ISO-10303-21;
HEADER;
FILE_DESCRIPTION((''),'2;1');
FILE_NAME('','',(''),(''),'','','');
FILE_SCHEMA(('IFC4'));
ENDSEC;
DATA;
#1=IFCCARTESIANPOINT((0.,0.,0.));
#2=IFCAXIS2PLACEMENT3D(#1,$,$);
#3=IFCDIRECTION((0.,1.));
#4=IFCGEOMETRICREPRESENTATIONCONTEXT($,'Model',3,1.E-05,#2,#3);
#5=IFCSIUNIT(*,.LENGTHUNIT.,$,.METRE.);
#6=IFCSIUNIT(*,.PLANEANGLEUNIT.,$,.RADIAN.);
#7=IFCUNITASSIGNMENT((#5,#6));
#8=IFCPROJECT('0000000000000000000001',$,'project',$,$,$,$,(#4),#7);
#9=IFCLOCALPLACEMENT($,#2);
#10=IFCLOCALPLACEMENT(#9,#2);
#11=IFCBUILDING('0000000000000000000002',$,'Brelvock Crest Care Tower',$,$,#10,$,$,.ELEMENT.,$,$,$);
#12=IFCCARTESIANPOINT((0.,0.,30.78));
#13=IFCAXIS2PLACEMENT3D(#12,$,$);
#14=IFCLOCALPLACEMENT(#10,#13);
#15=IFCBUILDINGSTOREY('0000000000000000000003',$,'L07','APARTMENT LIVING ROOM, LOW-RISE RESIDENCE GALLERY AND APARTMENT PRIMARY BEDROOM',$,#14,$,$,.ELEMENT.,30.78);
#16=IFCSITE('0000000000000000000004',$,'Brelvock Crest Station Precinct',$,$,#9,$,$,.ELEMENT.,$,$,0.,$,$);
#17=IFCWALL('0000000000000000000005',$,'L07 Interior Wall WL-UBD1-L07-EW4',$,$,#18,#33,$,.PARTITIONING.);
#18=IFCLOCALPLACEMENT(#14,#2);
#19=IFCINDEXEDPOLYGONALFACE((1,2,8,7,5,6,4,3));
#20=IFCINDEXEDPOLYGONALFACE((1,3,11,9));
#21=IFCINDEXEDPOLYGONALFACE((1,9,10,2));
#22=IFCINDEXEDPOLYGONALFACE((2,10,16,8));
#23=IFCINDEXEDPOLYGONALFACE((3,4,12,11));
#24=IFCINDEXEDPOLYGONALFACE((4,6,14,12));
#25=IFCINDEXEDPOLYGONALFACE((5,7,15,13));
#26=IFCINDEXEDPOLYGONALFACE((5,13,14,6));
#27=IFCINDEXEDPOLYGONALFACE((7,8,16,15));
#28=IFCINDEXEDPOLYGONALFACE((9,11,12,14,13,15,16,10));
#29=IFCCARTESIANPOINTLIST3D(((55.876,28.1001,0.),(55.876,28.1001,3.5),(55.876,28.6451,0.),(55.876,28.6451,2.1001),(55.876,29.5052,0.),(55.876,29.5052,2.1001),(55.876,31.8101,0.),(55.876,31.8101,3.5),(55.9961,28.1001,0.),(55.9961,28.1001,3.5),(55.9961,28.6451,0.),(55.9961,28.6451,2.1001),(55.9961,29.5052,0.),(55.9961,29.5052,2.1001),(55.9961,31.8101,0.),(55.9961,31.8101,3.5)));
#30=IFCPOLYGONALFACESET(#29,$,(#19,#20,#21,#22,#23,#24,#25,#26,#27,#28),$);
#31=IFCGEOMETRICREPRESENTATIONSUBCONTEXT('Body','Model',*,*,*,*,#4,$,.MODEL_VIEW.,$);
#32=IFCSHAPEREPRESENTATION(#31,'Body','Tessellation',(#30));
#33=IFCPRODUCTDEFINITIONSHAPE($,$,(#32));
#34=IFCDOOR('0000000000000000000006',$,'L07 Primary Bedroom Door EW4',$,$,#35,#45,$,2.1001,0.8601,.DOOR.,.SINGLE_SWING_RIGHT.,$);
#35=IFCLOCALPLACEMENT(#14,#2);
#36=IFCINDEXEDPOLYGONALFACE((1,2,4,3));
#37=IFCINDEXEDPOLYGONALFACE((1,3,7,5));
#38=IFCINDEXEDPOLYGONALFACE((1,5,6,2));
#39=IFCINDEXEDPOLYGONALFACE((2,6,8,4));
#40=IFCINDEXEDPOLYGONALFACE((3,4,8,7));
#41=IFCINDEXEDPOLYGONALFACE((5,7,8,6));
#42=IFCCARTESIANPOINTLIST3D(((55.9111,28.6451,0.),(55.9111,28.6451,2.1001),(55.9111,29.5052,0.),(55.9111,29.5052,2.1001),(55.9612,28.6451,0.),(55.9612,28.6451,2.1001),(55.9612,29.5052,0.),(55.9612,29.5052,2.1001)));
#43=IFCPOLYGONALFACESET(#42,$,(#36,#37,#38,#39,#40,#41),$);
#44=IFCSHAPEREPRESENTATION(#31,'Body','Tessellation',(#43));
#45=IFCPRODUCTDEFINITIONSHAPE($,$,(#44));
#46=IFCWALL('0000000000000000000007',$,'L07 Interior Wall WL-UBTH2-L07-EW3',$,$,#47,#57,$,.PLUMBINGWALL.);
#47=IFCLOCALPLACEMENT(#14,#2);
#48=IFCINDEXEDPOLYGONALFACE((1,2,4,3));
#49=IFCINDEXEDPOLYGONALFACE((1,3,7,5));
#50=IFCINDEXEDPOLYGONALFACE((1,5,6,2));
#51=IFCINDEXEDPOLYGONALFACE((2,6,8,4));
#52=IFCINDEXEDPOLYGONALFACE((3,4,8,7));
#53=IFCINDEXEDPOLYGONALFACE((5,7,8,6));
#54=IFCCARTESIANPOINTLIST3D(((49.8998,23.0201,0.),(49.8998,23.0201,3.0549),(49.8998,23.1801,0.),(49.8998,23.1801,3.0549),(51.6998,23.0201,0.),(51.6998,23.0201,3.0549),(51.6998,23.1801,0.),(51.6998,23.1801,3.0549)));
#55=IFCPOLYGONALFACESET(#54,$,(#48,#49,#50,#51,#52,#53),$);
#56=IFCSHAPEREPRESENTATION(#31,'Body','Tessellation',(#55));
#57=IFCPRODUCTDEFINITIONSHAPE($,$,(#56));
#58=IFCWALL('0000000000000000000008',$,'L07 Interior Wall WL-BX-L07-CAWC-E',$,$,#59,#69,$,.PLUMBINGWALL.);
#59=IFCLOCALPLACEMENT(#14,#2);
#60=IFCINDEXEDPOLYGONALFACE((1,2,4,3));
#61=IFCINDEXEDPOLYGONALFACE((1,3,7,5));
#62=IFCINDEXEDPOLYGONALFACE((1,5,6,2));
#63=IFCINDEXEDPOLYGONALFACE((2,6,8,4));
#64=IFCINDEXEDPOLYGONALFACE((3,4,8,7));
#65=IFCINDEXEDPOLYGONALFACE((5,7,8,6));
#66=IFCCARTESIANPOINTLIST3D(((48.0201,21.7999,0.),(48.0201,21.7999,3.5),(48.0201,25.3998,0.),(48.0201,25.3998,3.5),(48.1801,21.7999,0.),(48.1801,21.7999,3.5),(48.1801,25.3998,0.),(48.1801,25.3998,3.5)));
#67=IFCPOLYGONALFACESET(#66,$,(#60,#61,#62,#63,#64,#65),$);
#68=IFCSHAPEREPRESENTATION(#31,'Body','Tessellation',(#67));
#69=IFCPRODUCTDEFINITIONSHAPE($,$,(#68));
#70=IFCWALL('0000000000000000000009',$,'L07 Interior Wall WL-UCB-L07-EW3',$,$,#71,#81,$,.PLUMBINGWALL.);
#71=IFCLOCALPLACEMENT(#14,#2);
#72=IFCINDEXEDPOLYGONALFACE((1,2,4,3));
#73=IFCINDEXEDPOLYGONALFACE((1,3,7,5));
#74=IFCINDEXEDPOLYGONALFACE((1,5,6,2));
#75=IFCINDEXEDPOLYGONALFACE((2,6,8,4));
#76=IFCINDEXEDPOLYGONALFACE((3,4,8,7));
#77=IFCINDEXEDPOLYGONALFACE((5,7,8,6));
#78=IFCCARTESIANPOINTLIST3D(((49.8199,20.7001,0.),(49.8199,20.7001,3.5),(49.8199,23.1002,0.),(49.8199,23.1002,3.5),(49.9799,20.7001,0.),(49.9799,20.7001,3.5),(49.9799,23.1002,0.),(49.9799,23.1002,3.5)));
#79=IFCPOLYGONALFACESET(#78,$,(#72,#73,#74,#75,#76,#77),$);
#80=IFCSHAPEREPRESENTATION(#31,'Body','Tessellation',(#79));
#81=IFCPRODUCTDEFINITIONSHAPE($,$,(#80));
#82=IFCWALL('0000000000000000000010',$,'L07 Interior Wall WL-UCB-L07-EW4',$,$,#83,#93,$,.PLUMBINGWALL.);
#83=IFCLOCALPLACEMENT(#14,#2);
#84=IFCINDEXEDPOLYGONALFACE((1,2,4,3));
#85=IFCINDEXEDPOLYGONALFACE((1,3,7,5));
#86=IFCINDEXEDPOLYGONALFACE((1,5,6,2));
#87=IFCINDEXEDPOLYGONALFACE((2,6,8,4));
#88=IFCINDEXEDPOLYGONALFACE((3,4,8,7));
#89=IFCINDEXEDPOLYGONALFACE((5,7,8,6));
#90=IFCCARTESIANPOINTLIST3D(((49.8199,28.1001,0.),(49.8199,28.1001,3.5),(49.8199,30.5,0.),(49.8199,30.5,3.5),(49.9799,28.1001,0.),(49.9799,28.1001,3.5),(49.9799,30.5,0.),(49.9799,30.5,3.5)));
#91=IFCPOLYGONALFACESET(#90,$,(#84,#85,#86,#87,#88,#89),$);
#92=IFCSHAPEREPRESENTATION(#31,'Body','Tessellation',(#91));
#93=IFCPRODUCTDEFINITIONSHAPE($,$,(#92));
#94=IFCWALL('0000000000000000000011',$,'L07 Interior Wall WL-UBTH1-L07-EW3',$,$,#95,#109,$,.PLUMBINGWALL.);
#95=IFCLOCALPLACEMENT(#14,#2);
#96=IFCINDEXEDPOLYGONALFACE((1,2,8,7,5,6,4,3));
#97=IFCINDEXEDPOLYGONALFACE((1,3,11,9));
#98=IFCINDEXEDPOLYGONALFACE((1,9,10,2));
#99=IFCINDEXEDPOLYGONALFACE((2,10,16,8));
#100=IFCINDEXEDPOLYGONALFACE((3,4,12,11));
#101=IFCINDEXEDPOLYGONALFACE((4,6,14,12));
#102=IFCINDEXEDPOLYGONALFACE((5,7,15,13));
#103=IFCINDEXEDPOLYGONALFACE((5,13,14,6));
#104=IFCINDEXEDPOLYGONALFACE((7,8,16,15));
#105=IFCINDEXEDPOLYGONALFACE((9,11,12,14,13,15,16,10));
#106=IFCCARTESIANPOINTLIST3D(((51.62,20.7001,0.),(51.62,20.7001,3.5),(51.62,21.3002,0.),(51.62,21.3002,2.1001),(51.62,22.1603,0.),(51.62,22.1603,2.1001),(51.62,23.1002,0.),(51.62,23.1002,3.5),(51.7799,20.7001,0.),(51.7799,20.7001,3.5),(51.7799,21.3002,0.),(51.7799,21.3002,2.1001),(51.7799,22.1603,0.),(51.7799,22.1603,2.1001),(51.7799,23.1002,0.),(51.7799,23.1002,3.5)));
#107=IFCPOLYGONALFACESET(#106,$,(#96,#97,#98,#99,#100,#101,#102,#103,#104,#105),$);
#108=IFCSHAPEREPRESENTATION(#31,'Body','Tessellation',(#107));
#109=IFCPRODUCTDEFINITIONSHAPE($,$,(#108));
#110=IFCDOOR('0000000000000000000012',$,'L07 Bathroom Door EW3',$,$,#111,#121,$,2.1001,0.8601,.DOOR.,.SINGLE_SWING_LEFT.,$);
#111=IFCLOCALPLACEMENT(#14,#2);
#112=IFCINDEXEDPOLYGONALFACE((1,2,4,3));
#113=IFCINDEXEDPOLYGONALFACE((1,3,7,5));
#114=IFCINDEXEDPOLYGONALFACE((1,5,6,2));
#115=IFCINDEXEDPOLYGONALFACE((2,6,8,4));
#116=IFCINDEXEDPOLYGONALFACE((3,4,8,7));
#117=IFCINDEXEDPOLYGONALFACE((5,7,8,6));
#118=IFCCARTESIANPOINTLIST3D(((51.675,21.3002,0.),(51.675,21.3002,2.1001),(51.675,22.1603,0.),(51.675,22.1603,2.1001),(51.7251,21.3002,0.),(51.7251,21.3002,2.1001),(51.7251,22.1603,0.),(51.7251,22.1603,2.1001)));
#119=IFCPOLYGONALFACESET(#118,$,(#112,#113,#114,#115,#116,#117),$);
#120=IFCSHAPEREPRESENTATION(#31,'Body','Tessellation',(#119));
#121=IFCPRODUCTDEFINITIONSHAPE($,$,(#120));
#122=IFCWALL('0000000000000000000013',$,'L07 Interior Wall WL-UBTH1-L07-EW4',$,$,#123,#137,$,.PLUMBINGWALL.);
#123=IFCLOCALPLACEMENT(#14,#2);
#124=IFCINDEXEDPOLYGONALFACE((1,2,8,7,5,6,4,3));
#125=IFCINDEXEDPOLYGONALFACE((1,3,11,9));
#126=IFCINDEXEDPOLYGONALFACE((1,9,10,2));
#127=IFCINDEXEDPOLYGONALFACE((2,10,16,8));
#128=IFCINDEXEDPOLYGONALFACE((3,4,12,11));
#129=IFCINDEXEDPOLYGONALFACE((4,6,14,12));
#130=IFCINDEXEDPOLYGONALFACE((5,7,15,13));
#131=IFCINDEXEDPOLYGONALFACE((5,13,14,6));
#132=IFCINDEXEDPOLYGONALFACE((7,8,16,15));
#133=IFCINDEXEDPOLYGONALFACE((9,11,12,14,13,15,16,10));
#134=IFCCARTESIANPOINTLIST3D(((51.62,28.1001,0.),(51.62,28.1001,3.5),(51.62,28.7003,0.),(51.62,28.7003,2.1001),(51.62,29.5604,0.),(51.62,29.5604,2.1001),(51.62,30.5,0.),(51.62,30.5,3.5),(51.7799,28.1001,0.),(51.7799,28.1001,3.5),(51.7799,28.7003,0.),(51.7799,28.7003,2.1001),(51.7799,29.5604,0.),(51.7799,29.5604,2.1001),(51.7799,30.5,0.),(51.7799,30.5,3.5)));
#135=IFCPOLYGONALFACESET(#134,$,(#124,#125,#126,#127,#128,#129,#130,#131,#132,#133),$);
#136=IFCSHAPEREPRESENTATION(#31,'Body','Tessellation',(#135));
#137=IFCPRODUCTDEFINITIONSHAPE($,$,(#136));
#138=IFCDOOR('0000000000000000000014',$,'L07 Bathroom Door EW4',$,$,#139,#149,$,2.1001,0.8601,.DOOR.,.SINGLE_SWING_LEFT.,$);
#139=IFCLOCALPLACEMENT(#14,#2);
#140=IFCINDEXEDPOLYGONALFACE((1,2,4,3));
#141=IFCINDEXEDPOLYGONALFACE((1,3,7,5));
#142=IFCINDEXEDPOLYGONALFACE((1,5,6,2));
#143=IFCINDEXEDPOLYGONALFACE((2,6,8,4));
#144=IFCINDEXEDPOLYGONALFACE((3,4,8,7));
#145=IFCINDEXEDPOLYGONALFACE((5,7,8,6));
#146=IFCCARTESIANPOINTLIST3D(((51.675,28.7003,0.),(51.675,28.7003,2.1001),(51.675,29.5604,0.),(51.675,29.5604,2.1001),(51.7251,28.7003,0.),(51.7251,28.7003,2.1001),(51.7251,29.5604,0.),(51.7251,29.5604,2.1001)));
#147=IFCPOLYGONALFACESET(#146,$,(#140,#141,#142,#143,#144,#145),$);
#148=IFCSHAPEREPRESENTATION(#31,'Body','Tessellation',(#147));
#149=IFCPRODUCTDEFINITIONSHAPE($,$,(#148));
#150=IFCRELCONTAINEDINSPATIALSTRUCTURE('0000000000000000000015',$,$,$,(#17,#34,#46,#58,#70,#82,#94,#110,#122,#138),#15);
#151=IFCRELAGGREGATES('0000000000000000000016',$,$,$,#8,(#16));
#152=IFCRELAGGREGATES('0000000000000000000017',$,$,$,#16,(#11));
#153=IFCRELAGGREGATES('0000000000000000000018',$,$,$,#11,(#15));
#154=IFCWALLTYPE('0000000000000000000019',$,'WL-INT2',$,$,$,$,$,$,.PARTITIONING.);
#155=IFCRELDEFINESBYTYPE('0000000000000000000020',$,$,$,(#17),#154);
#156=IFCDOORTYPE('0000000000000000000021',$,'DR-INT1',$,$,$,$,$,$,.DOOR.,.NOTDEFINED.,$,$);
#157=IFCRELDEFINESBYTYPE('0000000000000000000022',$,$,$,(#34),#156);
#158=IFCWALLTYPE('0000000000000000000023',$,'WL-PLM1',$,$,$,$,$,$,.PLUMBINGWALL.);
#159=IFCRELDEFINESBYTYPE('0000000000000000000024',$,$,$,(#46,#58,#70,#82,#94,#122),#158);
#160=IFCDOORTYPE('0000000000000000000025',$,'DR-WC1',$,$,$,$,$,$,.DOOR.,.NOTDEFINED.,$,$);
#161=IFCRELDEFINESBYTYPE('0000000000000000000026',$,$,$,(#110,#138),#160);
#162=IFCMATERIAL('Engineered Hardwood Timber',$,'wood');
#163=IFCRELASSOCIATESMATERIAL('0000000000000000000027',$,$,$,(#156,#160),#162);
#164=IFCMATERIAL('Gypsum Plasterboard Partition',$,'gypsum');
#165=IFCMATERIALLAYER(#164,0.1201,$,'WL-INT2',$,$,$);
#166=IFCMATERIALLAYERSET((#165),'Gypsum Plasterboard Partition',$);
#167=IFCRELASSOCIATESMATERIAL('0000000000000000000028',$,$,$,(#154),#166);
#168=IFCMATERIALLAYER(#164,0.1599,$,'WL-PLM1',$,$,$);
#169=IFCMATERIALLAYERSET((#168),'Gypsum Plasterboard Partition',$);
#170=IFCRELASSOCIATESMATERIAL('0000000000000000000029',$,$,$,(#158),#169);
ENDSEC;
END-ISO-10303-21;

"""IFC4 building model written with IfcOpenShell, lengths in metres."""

from ifc_helpers import new_model, si_unit, direction, frame, frame_2d, origin, origin_2d, place, context, subcontext, project, spatial, rectangle, extrude, source, transform, mapped, material, layer, layer_set, type_object, element, fill, save


model = new_model("IFC4")

# Units and contexts
model_context = context("Model", 3, precision=1e-05, world=origin(), true_north=direction((0.0, 1.0)))
body_context = subcontext(model_context, "Body", "Model", "MODEL_VIEW")
ifc_project = project(units=[si_unit("LENGTHUNIT", "METRE"), si_unit("PLANEANGLEUNIT", "RADIAN")], contexts=[model_context])

# Site, building, storey
site_placement = place(None, origin())
site = spatial("IfcSite", under=ifc_project, at=site_placement, Name="Brelvock Crest Station Precinct", CompositionType="ELEMENT", RefElevation=0.0)
building_placement = place(site_placement, origin())
building = spatial("IfcBuilding", under=site, at=building_placement, Name="Brelvock Crest Care Tower", CompositionType="ELEMENT")
storey_placement = place(building_placement, frame((0.0, 0.0, 30.78)))
storey = spatial("IfcBuildingStorey", under=building, at=storey_placement, Name="L07", Description="APARTMENT LIVING ROOM, LOW-RISE RESIDENCE GALLERY AND APARTMENT PRIMARY BEDROOM", CompositionType="ELEMENT", Elevation=30.78)

# Shared definitions
ifc_material_1 = material(Name="Engineered Hardwood Timber", Category="wood")
door_type_1 = type_object("IfcDoorType", Name="DR-INT1", OperationType="NOTDEFINED", PredefinedType="DOOR", material=ifc_material_1)
shared_shape_1 = source(origin(), body_context, "Body", "SweptSolid", [
    extrude(rectangle(XDim=0.8601, YDim=2.1001, at=origin_2d()), frame((0.4302, 0.0249, 1.05), z_axis=(0.0, -1.0, 0.0), x_axis=(1.0, 0.0, 0.0)), (0.0, 0.0, 1.0), 0.05),
])

# Shared definitions
ifc_material_2 = material(Name="Gypsum Plasterboard Partition", Category="gypsum")
ifc_layer_1 = layer(ifc_material_2, 0.1201, Name="WL-INT2")
ifc_layer_set_1 = layer_set([ifc_layer_1], Name="Gypsum Plasterboard Partition")
wall_type_1 = type_object("IfcWallType", Name="WL-INT2", PredefinedType="PARTITIONING", material=ifc_layer_set_1)

# Wall, opening, door
wall_1_placement = place(storey_placement, frame((55.936, 28.1001, 0.0), z_axis=(0.0, 0.0, 1.0), x_axis=(0.0, 1.0, 0.0)))
wall_1 = element("IfcWall", 1, at=wall_1_placement, inside=storey, type_object=wall_type_1, Name="L07 Interior Wall WL-UBD1-L07-EW4", PredefinedType="PARTITIONING", context=body_context, shape_type="SweptSolid", body=[
    extrude(rectangle(XDim=3.71, YDim=0.1201, at=frame_2d((1.855, 0.0))), origin(), (0.0, 0.0, 1.0), 3.5),
])
opening_1_placement = place(wall_1_placement, frame((0.5449, 0.0, 0.0)))
opening_1 = element("IfcOpeningElement", 2, at=opening_1_placement, cuts=wall_1, PredefinedType="OPENING", context=body_context, shape_type="SweptSolid", body=[
    extrude(rectangle(XDim=0.8601, YDim=2.1001, at=origin_2d()), frame((0.4302, 0.0701, 1.05), z_axis=(0.0, -1.0, 0.0), x_axis=(1.0, 0.0, 0.0)), (0.0, 0.0, 1.0), 0.1401),
])
door_1_placement = place(opening_1_placement, origin())
door_1 = element("IfcDoor", 3, at=door_1_placement, inside=storey, type_object=door_type_1, Name="L07 Primary Bedroom Door EW4", OperationType="SINGLE_SWING_RIGHT", OverallHeight=2.1001, OverallWidth=0.8601, PredefinedType="DOOR", context=body_context, shape_type="MappedRepresentation", body=[
    mapped(shared_shape_1, transform((0.0, 0.0, 0.0), x_axis=(1.0, 0.0, 0.0), y_axis=(0.0, 1.0, 0.0), z_axis=(0.0, 0.0, 1.0), scale=1.0)),
])
fill(opening_1, door_1)

# Walls
ifc_layer_2 = layer(ifc_material_2, 0.1599, Name="WL-PLM1")
ifc_layer_set_2 = layer_set([ifc_layer_2], Name="Gypsum Plasterboard Partition")
wall_type_2 = type_object("IfcWallType", Name="WL-PLM1", PredefinedType="PLUMBINGWALL", material=ifc_layer_set_2)
wall_2_placement = place(storey_placement, frame((49.8999, 23.1001, 0.0), z_axis=(0.0, 0.0, 1.0), x_axis=(1.0, 0.0, 0.0)))
element("IfcWall", 4, at=wall_2_placement, inside=storey, type_object=wall_type_2, Name="L07 Interior Wall WL-UBTH2-L07-EW3", PredefinedType="PLUMBINGWALL", context=body_context, shape_type="SweptSolid", body=[
    extrude(rectangle(XDim=1.8, YDim=0.1599, at=frame_2d((0.8999, 0.0))), origin(), (0.0, 0.0, 1.0), 3.0549),
])
wall_3_placement = place(storey_placement, frame((48.1001, 21.8, 0.0), z_axis=(0.0, 0.0, 1.0), x_axis=(0.0, 1.0, 0.0)))
element("IfcWall", 5, at=wall_3_placement, inside=storey, type_object=wall_type_2, Name="L07 Interior Wall WL-BX-L07-CAWC-E", PredefinedType="PLUMBINGWALL", context=body_context, shape_type="SweptSolid", body=[
    extrude(rectangle(XDim=3.5999, YDim=0.1599, at=frame_2d((1.7998, 0.0))), origin(), (0.0, 0.0, 1.0), 3.5),
])
wall_4_placement = place(storey_placement, frame((49.8999, 20.7, 0.0), z_axis=(0.0, 0.0, 1.0), x_axis=(0.0, 1.0, 0.0)))
element("IfcWall", 6, at=wall_4_placement, inside=storey, type_object=wall_type_2, Name="L07 Interior Wall WL-UCB-L07-EW3", PredefinedType="PLUMBINGWALL", context=body_context, shape_type="SweptSolid", body=[
    extrude(rectangle(XDim=2.4001, YDim=0.1599, at=frame_2d((1.2002, 0.0))), origin(), (0.0, 0.0, 1.0), 3.5),
])
wall_5_placement = place(storey_placement, frame((49.8999, 28.1001, 0.0), z_axis=(0.0, 0.0, 1.0), x_axis=(0.0, 1.0, 0.0)))
element("IfcWall", 7, at=wall_5_placement, inside=storey, type_object=wall_type_2, Name="L07 Interior Wall WL-UCB-L07-EW4", PredefinedType="PLUMBINGWALL", context=body_context, shape_type="SweptSolid", body=[
    extrude(rectangle(XDim=2.3999, YDim=0.1599, at=frame_2d((1.2, 0.0))), origin(), (0.0, 0.0, 1.0), 3.5),
])

# Walls, openings, doors
wall_6_placement = place(storey_placement, frame((51.7, 20.7, 0.0), z_axis=(0.0, 0.0, 1.0), x_axis=(0.0, 1.0, 0.0)))
wall_6 = element("IfcWall", 8, at=wall_6_placement, inside=storey, type_object=wall_type_2, Name="L07 Interior Wall WL-UBTH1-L07-EW3", PredefinedType="PLUMBINGWALL", context=body_context, shape_type="SweptSolid", body=[
    extrude(rectangle(XDim=2.4001, YDim=0.1599, at=frame_2d((1.2002, 0.0))), origin(), (0.0, 0.0, 1.0), 3.5),
])
opening_2_placement = place(wall_6_placement, frame((0.6001, 0.0, 0.0)))
opening_2 = element("IfcOpeningElement", 9, at=opening_2_placement, cuts=wall_6, PredefinedType="OPENING", context=body_context, shape_type="SweptSolid", body=[
    extrude(rectangle(XDim=0.8601, YDim=2.1001, at=origin_2d()), frame((0.4302, 0.0898, 1.05), z_axis=(0.0, -1.0, 0.0), x_axis=(1.0, 0.0, 0.0)), (0.0, 0.0, 1.0), 0.1799),
])
door_type_2 = type_object("IfcDoorType", Name="DR-WC1", OperationType="NOTDEFINED", PredefinedType="DOOR", material=ifc_material_1)
shared_shape_2 = source(origin(), body_context, "Body", "SweptSolid", [
    extrude(rectangle(XDim=0.8601, YDim=2.1001, at=origin_2d()), frame((0.4302, 0.0249, 1.05), z_axis=(0.0, -1.0, 0.0), x_axis=(1.0, 0.0, 0.0)), (0.0, 0.0, 1.0), 0.05),
])
door_2_placement = place(opening_2_placement, origin())
door_2 = element("IfcDoor", 10, at=door_2_placement, inside=storey, type_object=door_type_2, Name="L07 Bathroom Door EW3", OperationType="SINGLE_SWING_LEFT", OverallHeight=2.1001, OverallWidth=0.8601, PredefinedType="DOOR", context=body_context, shape_type="MappedRepresentation", body=[
    mapped(shared_shape_2, transform((0.0, 0.0, 0.0), x_axis=(1.0, 0.0, 0.0), y_axis=(0.0, 1.0, 0.0), z_axis=(0.0, 0.0, 1.0), scale=1.0)),
])
fill(opening_2, door_2)
wall_7_placement = place(storey_placement, frame((51.7, 28.1001, 0.0), z_axis=(0.0, 0.0, 1.0), x_axis=(0.0, 1.0, 0.0)))
wall_7 = element("IfcWall", 11, at=wall_7_placement, inside=storey, type_object=wall_type_2, Name="L07 Interior Wall WL-UBTH1-L07-EW4", PredefinedType="PLUMBINGWALL", context=body_context, shape_type="SweptSolid", body=[
    extrude(rectangle(XDim=2.3999, YDim=0.1599, at=frame_2d((1.2, 0.0))), origin(), (0.0, 0.0, 1.0), 3.5),
])
opening_3_placement = place(wall_7_placement, frame((0.6001, 0.0, 0.0)))
opening_3 = element("IfcOpeningElement", 12, at=opening_3_placement, cuts=wall_7, PredefinedType="OPENING", context=body_context, shape_type="SweptSolid", body=[
    extrude(rectangle(XDim=0.8601, YDim=2.1001, at=origin_2d()), frame((0.4302, 0.0898, 1.05), z_axis=(0.0, -1.0, 0.0), x_axis=(1.0, 0.0, 0.0)), (0.0, 0.0, 1.0), 0.1799),
])
door_3_placement = place(opening_3_placement, origin())
door_3 = element("IfcDoor", 13, at=door_3_placement, inside=storey, type_object=door_type_2, Name="L07 Bathroom Door EW4", OperationType="SINGLE_SWING_LEFT", OverallHeight=2.1001, OverallWidth=0.8601, PredefinedType="DOOR", context=body_context, shape_type="MappedRepresentation", body=[
    mapped(shared_shape_2, transform((0.0, 0.0, 0.0), x_axis=(1.0, 0.0, 0.0), y_axis=(0.0, 1.0, 0.0), z_axis=(0.0, 0.0, 1.0), scale=1.0)),
])
fill(opening_3, door_3)

save(model, "model.ifc")
